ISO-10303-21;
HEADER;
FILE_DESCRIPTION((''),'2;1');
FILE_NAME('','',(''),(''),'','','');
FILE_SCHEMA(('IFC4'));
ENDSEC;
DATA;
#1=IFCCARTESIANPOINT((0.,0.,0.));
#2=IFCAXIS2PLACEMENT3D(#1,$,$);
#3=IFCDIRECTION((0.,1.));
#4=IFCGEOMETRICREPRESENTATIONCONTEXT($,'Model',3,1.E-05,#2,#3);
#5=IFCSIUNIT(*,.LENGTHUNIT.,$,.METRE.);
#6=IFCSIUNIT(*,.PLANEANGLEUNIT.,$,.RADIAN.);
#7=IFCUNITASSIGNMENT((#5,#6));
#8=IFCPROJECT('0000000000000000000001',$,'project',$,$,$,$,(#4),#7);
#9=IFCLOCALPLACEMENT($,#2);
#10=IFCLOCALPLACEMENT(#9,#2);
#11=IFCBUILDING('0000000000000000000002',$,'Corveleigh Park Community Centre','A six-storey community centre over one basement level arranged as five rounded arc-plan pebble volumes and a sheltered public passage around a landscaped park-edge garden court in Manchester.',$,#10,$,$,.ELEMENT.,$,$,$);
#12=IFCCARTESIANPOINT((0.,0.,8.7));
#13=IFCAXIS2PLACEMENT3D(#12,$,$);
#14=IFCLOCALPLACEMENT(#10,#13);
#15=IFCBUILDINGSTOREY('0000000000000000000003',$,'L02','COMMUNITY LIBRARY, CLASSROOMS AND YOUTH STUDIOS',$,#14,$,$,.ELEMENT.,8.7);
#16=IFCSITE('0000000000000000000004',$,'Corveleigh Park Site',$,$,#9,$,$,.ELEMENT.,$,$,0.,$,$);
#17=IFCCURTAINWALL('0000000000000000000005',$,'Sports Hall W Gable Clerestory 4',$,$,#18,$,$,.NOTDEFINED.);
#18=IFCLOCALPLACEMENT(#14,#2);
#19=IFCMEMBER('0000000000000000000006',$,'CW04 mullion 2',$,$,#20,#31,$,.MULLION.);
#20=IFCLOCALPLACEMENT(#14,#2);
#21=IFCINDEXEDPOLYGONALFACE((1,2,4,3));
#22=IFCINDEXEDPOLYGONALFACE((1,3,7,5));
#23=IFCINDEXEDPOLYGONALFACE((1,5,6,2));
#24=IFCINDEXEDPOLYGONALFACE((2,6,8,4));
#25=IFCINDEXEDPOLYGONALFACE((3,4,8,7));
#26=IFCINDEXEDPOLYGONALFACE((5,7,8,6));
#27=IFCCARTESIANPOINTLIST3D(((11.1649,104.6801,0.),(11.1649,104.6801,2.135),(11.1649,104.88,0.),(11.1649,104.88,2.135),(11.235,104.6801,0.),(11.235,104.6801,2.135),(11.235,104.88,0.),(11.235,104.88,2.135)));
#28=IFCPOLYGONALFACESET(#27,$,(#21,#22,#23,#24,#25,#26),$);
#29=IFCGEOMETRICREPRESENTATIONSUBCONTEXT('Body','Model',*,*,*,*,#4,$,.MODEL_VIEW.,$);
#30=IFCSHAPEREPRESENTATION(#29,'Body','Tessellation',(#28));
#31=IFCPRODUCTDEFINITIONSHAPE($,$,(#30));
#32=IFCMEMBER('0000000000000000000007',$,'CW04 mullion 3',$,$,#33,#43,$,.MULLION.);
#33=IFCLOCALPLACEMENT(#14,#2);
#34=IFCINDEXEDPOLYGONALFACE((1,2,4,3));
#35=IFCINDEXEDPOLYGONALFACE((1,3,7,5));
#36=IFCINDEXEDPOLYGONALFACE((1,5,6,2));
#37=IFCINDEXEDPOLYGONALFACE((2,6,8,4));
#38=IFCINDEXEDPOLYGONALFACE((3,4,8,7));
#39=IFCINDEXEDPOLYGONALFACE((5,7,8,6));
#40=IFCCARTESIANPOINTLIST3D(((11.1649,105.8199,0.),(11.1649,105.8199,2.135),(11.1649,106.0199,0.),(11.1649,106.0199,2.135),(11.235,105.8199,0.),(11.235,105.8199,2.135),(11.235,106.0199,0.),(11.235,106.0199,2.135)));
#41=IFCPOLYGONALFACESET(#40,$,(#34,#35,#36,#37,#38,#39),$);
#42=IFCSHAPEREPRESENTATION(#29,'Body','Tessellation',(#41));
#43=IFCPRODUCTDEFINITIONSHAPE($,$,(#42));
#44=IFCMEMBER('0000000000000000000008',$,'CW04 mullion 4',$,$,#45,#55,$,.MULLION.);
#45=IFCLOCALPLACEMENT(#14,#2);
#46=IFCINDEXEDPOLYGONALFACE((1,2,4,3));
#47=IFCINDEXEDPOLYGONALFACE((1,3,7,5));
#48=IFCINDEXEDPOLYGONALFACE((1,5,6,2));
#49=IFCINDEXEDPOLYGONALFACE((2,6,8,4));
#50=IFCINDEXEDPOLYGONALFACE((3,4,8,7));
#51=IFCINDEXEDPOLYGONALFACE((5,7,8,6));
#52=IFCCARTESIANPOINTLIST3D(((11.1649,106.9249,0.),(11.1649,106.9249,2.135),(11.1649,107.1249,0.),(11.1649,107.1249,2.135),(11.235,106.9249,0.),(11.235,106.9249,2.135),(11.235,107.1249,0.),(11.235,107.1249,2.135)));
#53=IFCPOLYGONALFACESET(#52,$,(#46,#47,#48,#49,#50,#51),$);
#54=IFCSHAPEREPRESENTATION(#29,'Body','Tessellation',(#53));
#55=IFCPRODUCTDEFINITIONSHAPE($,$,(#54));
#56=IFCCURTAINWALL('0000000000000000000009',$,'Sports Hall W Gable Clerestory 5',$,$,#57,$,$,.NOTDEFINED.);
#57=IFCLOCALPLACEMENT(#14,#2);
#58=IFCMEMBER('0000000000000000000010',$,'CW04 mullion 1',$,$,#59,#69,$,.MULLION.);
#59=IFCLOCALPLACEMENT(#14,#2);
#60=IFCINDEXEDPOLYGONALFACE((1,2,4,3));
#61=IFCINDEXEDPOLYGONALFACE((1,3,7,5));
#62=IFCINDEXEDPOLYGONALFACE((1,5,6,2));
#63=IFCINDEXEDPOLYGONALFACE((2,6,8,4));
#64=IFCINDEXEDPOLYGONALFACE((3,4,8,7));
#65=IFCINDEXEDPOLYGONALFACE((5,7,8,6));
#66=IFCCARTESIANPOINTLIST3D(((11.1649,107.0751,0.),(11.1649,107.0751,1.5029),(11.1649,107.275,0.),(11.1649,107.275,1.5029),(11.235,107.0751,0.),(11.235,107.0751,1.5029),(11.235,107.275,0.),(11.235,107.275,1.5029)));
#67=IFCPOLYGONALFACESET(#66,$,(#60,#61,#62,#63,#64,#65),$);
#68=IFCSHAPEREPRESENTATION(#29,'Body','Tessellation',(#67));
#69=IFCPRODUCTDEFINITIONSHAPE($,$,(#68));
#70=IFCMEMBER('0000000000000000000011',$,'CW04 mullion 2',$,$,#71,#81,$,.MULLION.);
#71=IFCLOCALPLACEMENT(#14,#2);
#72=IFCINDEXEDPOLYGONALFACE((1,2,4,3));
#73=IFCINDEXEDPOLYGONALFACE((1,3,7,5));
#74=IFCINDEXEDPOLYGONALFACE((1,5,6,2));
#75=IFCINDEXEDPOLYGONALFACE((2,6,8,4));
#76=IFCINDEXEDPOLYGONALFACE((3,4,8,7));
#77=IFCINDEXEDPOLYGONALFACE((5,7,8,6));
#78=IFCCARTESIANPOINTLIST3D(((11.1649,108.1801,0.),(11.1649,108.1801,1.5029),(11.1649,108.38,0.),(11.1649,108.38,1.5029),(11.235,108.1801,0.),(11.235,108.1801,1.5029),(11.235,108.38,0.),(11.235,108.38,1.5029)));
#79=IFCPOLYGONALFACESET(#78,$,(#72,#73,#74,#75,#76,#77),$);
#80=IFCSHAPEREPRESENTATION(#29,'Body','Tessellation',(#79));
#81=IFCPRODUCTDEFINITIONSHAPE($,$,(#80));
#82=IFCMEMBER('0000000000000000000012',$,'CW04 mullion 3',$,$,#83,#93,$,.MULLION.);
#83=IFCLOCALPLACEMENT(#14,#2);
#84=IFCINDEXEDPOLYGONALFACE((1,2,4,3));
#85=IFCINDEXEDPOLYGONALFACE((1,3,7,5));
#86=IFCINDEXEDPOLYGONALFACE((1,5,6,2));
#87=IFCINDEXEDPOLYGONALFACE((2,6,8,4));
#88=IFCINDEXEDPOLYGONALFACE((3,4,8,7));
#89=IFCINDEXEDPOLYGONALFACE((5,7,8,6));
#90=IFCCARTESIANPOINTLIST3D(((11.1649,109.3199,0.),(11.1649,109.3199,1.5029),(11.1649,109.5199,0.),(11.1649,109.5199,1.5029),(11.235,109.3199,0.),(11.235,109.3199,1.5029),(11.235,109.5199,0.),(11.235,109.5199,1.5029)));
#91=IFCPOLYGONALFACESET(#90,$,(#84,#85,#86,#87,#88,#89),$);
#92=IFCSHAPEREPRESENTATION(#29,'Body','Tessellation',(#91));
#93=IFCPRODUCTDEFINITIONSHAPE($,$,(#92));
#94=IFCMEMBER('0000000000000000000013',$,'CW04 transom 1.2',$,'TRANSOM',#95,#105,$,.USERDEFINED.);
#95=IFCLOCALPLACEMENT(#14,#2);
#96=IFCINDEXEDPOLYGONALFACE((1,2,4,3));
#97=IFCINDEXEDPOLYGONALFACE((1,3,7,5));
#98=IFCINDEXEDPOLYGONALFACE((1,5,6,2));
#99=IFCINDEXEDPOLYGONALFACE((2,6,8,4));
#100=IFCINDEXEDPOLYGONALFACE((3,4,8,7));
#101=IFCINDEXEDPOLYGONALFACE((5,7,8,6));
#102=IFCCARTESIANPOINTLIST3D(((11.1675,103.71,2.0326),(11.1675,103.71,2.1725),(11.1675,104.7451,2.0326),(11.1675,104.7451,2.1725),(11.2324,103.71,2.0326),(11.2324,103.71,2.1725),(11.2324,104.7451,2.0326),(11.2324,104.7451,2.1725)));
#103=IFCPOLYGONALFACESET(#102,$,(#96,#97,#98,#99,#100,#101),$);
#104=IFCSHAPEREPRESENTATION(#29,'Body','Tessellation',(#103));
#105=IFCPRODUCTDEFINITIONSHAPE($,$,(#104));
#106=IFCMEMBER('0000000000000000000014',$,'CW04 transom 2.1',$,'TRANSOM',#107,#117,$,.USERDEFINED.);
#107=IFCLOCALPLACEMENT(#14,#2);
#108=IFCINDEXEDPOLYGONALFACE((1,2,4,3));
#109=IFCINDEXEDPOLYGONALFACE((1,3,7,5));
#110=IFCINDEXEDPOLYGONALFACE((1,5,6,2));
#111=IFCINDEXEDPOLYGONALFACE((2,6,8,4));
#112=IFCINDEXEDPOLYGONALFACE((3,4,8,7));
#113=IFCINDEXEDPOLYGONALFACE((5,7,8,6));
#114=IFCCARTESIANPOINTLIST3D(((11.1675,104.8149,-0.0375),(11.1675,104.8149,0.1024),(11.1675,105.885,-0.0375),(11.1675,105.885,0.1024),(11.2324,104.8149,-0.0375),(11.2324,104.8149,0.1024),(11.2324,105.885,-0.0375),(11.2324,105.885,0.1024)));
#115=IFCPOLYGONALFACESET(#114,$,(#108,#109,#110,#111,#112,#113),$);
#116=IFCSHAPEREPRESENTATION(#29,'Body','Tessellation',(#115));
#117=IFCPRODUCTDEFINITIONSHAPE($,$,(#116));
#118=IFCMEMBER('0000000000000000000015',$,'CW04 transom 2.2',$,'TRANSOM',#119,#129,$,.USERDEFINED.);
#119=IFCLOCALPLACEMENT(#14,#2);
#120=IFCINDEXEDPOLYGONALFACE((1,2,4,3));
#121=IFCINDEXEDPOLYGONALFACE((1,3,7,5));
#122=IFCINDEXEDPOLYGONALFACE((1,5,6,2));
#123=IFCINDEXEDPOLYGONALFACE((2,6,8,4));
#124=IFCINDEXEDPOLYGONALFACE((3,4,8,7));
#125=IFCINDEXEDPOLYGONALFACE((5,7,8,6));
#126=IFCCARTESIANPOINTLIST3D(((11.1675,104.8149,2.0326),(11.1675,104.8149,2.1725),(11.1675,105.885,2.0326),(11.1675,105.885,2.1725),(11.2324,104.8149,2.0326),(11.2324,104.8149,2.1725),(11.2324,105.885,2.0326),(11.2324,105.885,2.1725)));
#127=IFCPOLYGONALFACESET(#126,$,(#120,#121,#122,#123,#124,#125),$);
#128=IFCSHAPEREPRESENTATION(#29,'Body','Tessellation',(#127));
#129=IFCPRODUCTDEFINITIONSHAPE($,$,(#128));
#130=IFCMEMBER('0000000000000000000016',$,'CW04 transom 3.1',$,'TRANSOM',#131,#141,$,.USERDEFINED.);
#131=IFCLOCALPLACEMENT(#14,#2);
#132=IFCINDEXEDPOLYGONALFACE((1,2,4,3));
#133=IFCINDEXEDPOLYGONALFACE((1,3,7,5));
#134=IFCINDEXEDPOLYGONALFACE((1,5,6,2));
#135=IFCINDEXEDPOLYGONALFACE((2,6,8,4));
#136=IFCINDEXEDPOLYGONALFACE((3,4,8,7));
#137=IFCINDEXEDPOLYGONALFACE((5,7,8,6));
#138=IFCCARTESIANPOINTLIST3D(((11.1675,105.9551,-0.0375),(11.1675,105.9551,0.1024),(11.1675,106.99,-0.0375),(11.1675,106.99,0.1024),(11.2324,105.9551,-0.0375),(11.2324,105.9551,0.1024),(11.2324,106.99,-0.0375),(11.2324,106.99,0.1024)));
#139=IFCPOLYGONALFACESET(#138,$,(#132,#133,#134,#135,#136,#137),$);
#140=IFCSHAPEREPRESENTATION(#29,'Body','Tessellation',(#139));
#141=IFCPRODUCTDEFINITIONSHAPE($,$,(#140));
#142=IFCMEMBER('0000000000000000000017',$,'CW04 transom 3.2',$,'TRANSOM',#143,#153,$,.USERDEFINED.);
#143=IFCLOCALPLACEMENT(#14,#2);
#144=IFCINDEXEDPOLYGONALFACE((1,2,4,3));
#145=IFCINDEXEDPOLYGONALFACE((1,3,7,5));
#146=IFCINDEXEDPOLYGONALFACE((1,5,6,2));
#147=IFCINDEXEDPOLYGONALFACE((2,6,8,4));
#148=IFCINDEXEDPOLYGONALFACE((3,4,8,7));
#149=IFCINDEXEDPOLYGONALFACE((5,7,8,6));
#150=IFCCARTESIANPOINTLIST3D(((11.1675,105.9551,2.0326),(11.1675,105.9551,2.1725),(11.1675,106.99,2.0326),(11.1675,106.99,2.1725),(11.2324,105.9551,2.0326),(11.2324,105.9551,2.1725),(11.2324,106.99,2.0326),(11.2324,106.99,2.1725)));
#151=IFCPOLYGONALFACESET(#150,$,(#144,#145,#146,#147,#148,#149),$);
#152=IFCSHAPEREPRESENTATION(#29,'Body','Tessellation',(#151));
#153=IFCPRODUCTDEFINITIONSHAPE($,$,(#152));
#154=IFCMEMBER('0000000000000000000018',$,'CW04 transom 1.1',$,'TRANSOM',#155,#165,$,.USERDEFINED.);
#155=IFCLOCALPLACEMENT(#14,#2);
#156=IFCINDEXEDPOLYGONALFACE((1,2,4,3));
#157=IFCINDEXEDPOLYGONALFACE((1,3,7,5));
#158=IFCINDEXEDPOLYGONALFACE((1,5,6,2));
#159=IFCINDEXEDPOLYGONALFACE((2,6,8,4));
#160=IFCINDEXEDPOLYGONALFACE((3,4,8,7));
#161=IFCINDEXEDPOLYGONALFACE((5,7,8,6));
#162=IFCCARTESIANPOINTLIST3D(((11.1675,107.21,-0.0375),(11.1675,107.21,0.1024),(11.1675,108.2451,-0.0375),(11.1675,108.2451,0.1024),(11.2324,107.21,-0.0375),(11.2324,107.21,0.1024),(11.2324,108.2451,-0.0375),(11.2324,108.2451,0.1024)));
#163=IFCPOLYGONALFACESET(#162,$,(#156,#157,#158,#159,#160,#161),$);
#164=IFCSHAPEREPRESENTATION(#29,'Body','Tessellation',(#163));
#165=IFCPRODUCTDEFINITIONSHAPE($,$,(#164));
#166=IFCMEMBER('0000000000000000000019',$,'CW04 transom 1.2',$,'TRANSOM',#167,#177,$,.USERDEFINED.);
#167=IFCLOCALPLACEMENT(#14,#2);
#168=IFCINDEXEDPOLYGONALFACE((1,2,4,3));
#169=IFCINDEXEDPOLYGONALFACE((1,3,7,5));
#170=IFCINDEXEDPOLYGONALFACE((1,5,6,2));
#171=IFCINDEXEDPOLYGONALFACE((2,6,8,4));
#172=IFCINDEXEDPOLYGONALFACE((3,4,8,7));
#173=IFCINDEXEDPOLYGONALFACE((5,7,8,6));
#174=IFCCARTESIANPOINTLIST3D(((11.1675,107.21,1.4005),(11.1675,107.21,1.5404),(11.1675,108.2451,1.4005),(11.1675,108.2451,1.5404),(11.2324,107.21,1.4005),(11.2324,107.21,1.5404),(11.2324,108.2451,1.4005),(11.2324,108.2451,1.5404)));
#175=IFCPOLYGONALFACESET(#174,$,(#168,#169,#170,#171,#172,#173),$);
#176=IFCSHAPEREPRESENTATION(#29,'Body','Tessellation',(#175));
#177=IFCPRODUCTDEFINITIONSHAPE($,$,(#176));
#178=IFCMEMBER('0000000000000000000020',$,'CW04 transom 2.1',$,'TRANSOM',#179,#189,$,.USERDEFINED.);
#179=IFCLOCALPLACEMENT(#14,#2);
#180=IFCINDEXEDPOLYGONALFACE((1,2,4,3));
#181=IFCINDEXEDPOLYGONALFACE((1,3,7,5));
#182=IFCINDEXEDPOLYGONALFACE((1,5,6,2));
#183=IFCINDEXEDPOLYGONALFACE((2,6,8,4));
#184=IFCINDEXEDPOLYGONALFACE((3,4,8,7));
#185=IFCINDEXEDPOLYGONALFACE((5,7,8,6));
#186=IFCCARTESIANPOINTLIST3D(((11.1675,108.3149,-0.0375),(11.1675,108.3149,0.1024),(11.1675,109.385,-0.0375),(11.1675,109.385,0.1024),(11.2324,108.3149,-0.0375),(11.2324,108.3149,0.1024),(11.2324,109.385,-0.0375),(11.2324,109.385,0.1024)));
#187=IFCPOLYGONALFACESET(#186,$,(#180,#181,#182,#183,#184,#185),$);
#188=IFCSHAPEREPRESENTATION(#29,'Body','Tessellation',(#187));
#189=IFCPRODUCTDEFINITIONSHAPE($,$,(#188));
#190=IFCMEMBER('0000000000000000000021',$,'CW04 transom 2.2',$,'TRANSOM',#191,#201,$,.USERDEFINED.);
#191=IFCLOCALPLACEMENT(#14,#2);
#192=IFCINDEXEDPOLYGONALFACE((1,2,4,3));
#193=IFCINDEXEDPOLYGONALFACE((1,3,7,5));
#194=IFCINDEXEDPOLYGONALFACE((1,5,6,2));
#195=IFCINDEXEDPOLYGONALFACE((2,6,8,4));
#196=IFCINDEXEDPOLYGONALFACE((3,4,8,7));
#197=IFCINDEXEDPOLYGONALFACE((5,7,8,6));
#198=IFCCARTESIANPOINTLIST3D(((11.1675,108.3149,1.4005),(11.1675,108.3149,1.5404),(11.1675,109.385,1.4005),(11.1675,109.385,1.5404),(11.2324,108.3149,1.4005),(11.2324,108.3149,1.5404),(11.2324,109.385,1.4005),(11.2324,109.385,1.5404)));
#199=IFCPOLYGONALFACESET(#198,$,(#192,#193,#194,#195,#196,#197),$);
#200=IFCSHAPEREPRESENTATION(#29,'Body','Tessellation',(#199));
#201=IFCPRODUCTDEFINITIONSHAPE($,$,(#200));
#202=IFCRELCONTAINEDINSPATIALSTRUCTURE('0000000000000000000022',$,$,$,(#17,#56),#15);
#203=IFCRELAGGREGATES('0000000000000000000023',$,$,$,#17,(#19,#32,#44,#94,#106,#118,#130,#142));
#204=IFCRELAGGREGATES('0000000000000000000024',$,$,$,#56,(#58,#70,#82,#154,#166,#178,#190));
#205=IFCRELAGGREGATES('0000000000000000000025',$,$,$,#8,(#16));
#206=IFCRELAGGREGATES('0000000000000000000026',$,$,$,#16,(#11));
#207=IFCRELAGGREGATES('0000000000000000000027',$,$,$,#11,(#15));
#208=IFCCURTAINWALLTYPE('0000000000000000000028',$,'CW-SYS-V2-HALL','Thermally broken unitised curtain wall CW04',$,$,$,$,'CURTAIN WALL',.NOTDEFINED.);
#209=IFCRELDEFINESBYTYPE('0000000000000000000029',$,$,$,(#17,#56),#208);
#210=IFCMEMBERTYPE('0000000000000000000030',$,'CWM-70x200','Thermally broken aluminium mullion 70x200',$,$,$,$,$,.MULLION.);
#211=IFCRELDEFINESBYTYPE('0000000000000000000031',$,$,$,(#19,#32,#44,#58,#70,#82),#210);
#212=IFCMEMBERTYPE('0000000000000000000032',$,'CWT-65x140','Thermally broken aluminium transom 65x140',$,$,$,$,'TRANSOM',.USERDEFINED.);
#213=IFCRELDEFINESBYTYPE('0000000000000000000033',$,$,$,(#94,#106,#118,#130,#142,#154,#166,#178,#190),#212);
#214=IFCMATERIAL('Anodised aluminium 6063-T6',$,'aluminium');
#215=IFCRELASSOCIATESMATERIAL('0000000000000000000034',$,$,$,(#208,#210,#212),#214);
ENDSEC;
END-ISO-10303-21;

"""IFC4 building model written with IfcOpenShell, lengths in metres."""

from ifc_helpers import new_model, si_unit, direction, frame, origin, origin_2d, place, context, subcontext, project, spatial, rectangle, extrude, material, material_profile, profile_set, type_object, element, aggregate, save


model = new_model("IFC4")

# Units and contexts
model_context = context("Model", 3, precision=1e-05, world=origin(), true_north=direction((0.0, 1.0)))
body_context = subcontext(model_context, "Body", "Model", "MODEL_VIEW")
ifc_project = project(units=[si_unit("LENGTHUNIT", "METRE"), si_unit("PLANEANGLEUNIT", "RADIAN")], contexts=[model_context])

# Site, building, storey
site_placement = place(None, origin())
site = spatial("IfcSite", under=ifc_project, at=site_placement, Name="Corveleigh Park Site", CompositionType="ELEMENT", RefElevation=0.0)
building_placement = place(site_placement, origin())
building = spatial("IfcBuilding", under=site, at=building_placement, Name="Corveleigh Park Community Centre", Description="A six-storey community centre over one basement level arranged as five rounded arc-plan pebble volumes and a sheltered public passage around a landscaped park-edge garden court in Manchester.", CompositionType="ELEMENT")
storey_placement = place(building_placement, frame((0.0, 0.0, 8.7)))
storey = spatial("IfcBuildingStorey", under=building, at=storey_placement, Name="L02", Description="COMMUNITY LIBRARY, CLASSROOMS AND YOUTH STUDIOS", CompositionType="ELEMENT", Elevation=8.7)

# Curtain walls, members
ifc_material_1 = material(Name="Anodised aluminium 6063-T6", Category="aluminium")
curtain_wall_type = type_object("IfcCurtainWallType", Name="CW-SYS-V2-HALL", Description="Thermally broken unitised curtain wall CW04", ElementType="CURTAIN WALL", PredefinedType="NOTDEFINED", material=ifc_material_1)
curtain_wall_1_placement = place(storey_placement, origin())
curtain_wall_1 = element("IfcCurtainWall", 1, at=curtain_wall_1_placement, inside=storey, type_object=curtain_wall_type, Name="Sports Hall W Gable Clerestory 4", PredefinedType="NOTDEFINED")
ifc_material_profile_1 = material_profile(ifc_material_1, rectangle(XDim=0.0701, YDim=0.2, at=origin_2d()), Name="ALU-M70x200", Category="aluminium")
ifc_profile_set_1 = profile_set([ifc_material_profile_1], Name="Anodised aluminium 6063-T6")
member_type_1 = type_object("IfcMemberType", Name="CWM-70x200", Description="Thermally broken aluminium mullion 70x200", PredefinedType="MULLION", material=ifc_profile_set_1)
member_1_placement = place(storey_placement, frame((11.2, 104.78, 0.0), z_axis=(0.0, 0.0, 1.0), x_axis=(-1.0, 0.0, 0.0)))
member_1 = element("IfcMember", 2, at=member_1_placement, type_object=member_type_1, Name="CW04 mullion 2", PredefinedType="MULLION", context=body_context, shape_type="SweptSolid", body=[
    extrude(rectangle(XDim=0.0701, YDim=0.2, at=origin_2d()), origin(), (0.0, 0.0, 1.0), 2.135),
])
member_2_placement = place(storey_placement, frame((11.2, 105.9199, 0.0), z_axis=(0.0, 0.0, 1.0), x_axis=(-1.0, 0.0, 0.0)))
member_2 = element("IfcMember", 3, at=member_2_placement, type_object=member_type_1, Name="CW04 mullion 3", PredefinedType="MULLION", context=body_context, shape_type="SweptSolid", body=[
    extrude(rectangle(XDim=0.0701, YDim=0.2, at=origin_2d()), origin(), (0.0, 0.0, 1.0), 2.135),
])
member_3_placement = place(storey_placement, frame((11.2, 107.0249, 0.0), z_axis=(0.0, 0.0, 1.0), x_axis=(-1.0, 0.0, 0.0)))
member_3 = element("IfcMember", 4, at=member_3_placement, type_object=member_type_1, Name="CW04 mullion 4", PredefinedType="MULLION", context=body_context, shape_type="SweptSolid", body=[
    extrude(rectangle(XDim=0.0701, YDim=0.2, at=origin_2d()), origin(), (0.0, 0.0, 1.0), 2.135),
])
curtain_wall_2_placement = place(storey_placement, origin())
curtain_wall_2 = element("IfcCurtainWall", 5, at=curtain_wall_2_placement, inside=storey, type_object=curtain_wall_type, Name="Sports Hall W Gable Clerestory 5", PredefinedType="NOTDEFINED")
member_4_placement = place(storey_placement, frame((11.2, 107.175, 0.0), z_axis=(0.0, 0.0, 1.0), x_axis=(-1.0, 0.0, 0.0)))
member_4 = element("IfcMember", 6, at=member_4_placement, type_object=member_type_1, Name="CW04 mullion 1", PredefinedType="MULLION", context=body_context, shape_type="SweptSolid", body=[
    extrude(rectangle(XDim=0.0701, YDim=0.2, at=origin_2d()), origin(), (0.0, 0.0, 1.0), 1.5029),
])
member_5_placement = place(storey_placement, frame((11.2, 108.28, 0.0), z_axis=(0.0, 0.0, 1.0), x_axis=(-1.0, 0.0, 0.0)))
member_5 = element("IfcMember", 7, at=member_5_placement, type_object=member_type_1, Name="CW04 mullion 2", PredefinedType="MULLION", context=body_context, shape_type="SweptSolid", body=[
    extrude(rectangle(XDim=0.0701, YDim=0.2, at=origin_2d()), origin(), (0.0, 0.0, 1.0), 1.5029),
])
member_6_placement = place(storey_placement, frame((11.2, 109.4199, 0.0), z_axis=(0.0, 0.0, 1.0), x_axis=(-1.0, 0.0, 0.0)))
member_6 = element("IfcMember", 8, at=member_6_placement, type_object=member_type_1, Name="CW04 mullion 3", PredefinedType="MULLION", context=body_context, shape_type="SweptSolid", body=[
    extrude(rectangle(XDim=0.0701, YDim=0.2, at=origin_2d()), origin(), (0.0, 0.0, 1.0), 1.5029),
])

# Members
ifc_material_profile_2 = material_profile(ifc_material_1, rectangle(XDim=0.0649, YDim=0.1399, at=origin_2d()), Name="ALU-T65x140", Category="aluminium")
ifc_profile_set_2 = profile_set([ifc_material_profile_2], Name="Anodised aluminium 6063-T6")
member_type_2 = type_object("IfcMemberType", Name="CWT-65x140", Description="Thermally broken aluminium transom 65x140", ElementType="TRANSOM", PredefinedType="USERDEFINED", material=ifc_profile_set_2)
member_7_placement = place(storey_placement, frame((11.2, 103.71, 2.1025), z_axis=(0.0, 1.0, 0.0), x_axis=(-1.0, 0.0, 0.0)))
member_7 = element("IfcMember", 9, at=member_7_placement, type_object=member_type_2, Name="CW04 transom 1.2", ObjectType="TRANSOM", PredefinedType="USERDEFINED", context=body_context, shape_type="SweptSolid", body=[
    extrude(rectangle(XDim=0.0649, YDim=0.1399, at=origin_2d()), origin(), (0.0, 0.0, 1.0), 1.0352),
])
member_8_placement = place(storey_placement, frame((11.2, 104.8149, 0.0325), z_axis=(0.0, 1.0, 0.0), x_axis=(-1.0, 0.0, 0.0)))
member_8 = element("IfcMember", 10, at=member_8_placement, type_object=member_type_2, Name="CW04 transom 2.1", ObjectType="TRANSOM", PredefinedType="USERDEFINED", context=body_context, shape_type="SweptSolid", body=[
    extrude(rectangle(XDim=0.0649, YDim=0.1399, at=origin_2d()), origin(), (0.0, 0.0, 1.0), 1.0701),
])
member_9_placement = place(storey_placement, frame((11.2, 104.8149, 2.1025), z_axis=(0.0, 1.0, 0.0), x_axis=(-1.0, 0.0, 0.0)))
member_9 = element("IfcMember", 11, at=member_9_placement, type_object=member_type_2, Name="CW04 transom 2.2", ObjectType="TRANSOM", PredefinedType="USERDEFINED", context=body_context, shape_type="SweptSolid", body=[
    extrude(rectangle(XDim=0.0649, YDim=0.1399, at=origin_2d()), origin(), (0.0, 0.0, 1.0), 1.0701),
])
member_10_placement = place(storey_placement, frame((11.2, 105.9551, 0.0325), z_axis=(0.0, 1.0, 0.0), x_axis=(-1.0, 0.0, 0.0)))
member_10 = element("IfcMember", 12, at=member_10_placement, type_object=member_type_2, Name="CW04 transom 3.1", ObjectType="TRANSOM", PredefinedType="USERDEFINED", context=body_context, shape_type="SweptSolid", body=[
    extrude(rectangle(XDim=0.0649, YDim=0.1399, at=origin_2d()), origin(), (0.0, 0.0, 1.0), 1.0349),
])
member_11_placement = place(storey_placement, frame((11.2, 105.9551, 2.1025), z_axis=(0.0, 1.0, 0.0), x_axis=(-1.0, 0.0, 0.0)))
member_11 = element("IfcMember", 13, at=member_11_placement, type_object=member_type_2, Name="CW04 transom 3.2", ObjectType="TRANSOM", PredefinedType="USERDEFINED", context=body_context, shape_type="SweptSolid", body=[
    extrude(rectangle(XDim=0.0649, YDim=0.1399, at=origin_2d()), origin(), (0.0, 0.0, 1.0), 1.0349),
])
member_12_placement = place(storey_placement, frame((11.2, 107.21, 0.0325), z_axis=(0.0, 1.0, 0.0), x_axis=(-1.0, 0.0, 0.0)))
member_12 = element("IfcMember", 14, at=member_12_placement, type_object=member_type_2, Name="CW04 transom 1.1", ObjectType="TRANSOM", PredefinedType="USERDEFINED", context=body_context, shape_type="SweptSolid", body=[
    extrude(rectangle(XDim=0.0649, YDim=0.1399, at=origin_2d()), origin(), (0.0, 0.0, 1.0), 1.0352),
])
member_13_placement = place(storey_placement, frame((11.2, 107.21, 1.4705), z_axis=(0.0, 1.0, 0.0), x_axis=(-1.0, 0.0, 0.0)))
member_13 = element("IfcMember", 15, at=member_13_placement, type_object=member_type_2, Name="CW04 transom 1.2", ObjectType="TRANSOM", PredefinedType="USERDEFINED", context=body_context, shape_type="SweptSolid", body=[
    extrude(rectangle(XDim=0.0649, YDim=0.1399, at=origin_2d()), origin(), (0.0, 0.0, 1.0), 1.0352),
])
member_14_placement = place(storey_placement, frame((11.2, 108.3149, 0.0325), z_axis=(0.0, 1.0, 0.0), x_axis=(-1.0, 0.0, 0.0)))
member_14 = element("IfcMember", 16, at=member_14_placement, type_object=member_type_2, Name="CW04 transom 2.1", ObjectType="TRANSOM", PredefinedType="USERDEFINED", context=body_context, shape_type="SweptSolid", body=[
    extrude(rectangle(XDim=0.0649, YDim=0.1399, at=origin_2d()), origin(), (0.0, 0.0, 1.0), 1.0701),
])
member_15_placement = place(storey_placement, frame((11.2, 108.3149, 1.4705), z_axis=(0.0, 1.0, 0.0), x_axis=(-1.0, 0.0, 0.0)))
member_15 = element("IfcMember", 17, at=member_15_placement, type_object=member_type_2, Name="CW04 transom 2.2", ObjectType="TRANSOM", PredefinedType="USERDEFINED", context=body_context, shape_type="SweptSolid", body=[
    extrude(rectangle(XDim=0.0649, YDim=0.1399, at=origin_2d()), origin(), (0.0, 0.0, 1.0), 1.0701),
])

aggregate(curtain_wall_1, [member_1, member_2, member_3, member_7, member_8, member_9, member_10, member_11])
aggregate(curtain_wall_2, [member_4, member_5, member_6, member_12, member_13, member_14, member_15])

save(model, "model.ifc")
